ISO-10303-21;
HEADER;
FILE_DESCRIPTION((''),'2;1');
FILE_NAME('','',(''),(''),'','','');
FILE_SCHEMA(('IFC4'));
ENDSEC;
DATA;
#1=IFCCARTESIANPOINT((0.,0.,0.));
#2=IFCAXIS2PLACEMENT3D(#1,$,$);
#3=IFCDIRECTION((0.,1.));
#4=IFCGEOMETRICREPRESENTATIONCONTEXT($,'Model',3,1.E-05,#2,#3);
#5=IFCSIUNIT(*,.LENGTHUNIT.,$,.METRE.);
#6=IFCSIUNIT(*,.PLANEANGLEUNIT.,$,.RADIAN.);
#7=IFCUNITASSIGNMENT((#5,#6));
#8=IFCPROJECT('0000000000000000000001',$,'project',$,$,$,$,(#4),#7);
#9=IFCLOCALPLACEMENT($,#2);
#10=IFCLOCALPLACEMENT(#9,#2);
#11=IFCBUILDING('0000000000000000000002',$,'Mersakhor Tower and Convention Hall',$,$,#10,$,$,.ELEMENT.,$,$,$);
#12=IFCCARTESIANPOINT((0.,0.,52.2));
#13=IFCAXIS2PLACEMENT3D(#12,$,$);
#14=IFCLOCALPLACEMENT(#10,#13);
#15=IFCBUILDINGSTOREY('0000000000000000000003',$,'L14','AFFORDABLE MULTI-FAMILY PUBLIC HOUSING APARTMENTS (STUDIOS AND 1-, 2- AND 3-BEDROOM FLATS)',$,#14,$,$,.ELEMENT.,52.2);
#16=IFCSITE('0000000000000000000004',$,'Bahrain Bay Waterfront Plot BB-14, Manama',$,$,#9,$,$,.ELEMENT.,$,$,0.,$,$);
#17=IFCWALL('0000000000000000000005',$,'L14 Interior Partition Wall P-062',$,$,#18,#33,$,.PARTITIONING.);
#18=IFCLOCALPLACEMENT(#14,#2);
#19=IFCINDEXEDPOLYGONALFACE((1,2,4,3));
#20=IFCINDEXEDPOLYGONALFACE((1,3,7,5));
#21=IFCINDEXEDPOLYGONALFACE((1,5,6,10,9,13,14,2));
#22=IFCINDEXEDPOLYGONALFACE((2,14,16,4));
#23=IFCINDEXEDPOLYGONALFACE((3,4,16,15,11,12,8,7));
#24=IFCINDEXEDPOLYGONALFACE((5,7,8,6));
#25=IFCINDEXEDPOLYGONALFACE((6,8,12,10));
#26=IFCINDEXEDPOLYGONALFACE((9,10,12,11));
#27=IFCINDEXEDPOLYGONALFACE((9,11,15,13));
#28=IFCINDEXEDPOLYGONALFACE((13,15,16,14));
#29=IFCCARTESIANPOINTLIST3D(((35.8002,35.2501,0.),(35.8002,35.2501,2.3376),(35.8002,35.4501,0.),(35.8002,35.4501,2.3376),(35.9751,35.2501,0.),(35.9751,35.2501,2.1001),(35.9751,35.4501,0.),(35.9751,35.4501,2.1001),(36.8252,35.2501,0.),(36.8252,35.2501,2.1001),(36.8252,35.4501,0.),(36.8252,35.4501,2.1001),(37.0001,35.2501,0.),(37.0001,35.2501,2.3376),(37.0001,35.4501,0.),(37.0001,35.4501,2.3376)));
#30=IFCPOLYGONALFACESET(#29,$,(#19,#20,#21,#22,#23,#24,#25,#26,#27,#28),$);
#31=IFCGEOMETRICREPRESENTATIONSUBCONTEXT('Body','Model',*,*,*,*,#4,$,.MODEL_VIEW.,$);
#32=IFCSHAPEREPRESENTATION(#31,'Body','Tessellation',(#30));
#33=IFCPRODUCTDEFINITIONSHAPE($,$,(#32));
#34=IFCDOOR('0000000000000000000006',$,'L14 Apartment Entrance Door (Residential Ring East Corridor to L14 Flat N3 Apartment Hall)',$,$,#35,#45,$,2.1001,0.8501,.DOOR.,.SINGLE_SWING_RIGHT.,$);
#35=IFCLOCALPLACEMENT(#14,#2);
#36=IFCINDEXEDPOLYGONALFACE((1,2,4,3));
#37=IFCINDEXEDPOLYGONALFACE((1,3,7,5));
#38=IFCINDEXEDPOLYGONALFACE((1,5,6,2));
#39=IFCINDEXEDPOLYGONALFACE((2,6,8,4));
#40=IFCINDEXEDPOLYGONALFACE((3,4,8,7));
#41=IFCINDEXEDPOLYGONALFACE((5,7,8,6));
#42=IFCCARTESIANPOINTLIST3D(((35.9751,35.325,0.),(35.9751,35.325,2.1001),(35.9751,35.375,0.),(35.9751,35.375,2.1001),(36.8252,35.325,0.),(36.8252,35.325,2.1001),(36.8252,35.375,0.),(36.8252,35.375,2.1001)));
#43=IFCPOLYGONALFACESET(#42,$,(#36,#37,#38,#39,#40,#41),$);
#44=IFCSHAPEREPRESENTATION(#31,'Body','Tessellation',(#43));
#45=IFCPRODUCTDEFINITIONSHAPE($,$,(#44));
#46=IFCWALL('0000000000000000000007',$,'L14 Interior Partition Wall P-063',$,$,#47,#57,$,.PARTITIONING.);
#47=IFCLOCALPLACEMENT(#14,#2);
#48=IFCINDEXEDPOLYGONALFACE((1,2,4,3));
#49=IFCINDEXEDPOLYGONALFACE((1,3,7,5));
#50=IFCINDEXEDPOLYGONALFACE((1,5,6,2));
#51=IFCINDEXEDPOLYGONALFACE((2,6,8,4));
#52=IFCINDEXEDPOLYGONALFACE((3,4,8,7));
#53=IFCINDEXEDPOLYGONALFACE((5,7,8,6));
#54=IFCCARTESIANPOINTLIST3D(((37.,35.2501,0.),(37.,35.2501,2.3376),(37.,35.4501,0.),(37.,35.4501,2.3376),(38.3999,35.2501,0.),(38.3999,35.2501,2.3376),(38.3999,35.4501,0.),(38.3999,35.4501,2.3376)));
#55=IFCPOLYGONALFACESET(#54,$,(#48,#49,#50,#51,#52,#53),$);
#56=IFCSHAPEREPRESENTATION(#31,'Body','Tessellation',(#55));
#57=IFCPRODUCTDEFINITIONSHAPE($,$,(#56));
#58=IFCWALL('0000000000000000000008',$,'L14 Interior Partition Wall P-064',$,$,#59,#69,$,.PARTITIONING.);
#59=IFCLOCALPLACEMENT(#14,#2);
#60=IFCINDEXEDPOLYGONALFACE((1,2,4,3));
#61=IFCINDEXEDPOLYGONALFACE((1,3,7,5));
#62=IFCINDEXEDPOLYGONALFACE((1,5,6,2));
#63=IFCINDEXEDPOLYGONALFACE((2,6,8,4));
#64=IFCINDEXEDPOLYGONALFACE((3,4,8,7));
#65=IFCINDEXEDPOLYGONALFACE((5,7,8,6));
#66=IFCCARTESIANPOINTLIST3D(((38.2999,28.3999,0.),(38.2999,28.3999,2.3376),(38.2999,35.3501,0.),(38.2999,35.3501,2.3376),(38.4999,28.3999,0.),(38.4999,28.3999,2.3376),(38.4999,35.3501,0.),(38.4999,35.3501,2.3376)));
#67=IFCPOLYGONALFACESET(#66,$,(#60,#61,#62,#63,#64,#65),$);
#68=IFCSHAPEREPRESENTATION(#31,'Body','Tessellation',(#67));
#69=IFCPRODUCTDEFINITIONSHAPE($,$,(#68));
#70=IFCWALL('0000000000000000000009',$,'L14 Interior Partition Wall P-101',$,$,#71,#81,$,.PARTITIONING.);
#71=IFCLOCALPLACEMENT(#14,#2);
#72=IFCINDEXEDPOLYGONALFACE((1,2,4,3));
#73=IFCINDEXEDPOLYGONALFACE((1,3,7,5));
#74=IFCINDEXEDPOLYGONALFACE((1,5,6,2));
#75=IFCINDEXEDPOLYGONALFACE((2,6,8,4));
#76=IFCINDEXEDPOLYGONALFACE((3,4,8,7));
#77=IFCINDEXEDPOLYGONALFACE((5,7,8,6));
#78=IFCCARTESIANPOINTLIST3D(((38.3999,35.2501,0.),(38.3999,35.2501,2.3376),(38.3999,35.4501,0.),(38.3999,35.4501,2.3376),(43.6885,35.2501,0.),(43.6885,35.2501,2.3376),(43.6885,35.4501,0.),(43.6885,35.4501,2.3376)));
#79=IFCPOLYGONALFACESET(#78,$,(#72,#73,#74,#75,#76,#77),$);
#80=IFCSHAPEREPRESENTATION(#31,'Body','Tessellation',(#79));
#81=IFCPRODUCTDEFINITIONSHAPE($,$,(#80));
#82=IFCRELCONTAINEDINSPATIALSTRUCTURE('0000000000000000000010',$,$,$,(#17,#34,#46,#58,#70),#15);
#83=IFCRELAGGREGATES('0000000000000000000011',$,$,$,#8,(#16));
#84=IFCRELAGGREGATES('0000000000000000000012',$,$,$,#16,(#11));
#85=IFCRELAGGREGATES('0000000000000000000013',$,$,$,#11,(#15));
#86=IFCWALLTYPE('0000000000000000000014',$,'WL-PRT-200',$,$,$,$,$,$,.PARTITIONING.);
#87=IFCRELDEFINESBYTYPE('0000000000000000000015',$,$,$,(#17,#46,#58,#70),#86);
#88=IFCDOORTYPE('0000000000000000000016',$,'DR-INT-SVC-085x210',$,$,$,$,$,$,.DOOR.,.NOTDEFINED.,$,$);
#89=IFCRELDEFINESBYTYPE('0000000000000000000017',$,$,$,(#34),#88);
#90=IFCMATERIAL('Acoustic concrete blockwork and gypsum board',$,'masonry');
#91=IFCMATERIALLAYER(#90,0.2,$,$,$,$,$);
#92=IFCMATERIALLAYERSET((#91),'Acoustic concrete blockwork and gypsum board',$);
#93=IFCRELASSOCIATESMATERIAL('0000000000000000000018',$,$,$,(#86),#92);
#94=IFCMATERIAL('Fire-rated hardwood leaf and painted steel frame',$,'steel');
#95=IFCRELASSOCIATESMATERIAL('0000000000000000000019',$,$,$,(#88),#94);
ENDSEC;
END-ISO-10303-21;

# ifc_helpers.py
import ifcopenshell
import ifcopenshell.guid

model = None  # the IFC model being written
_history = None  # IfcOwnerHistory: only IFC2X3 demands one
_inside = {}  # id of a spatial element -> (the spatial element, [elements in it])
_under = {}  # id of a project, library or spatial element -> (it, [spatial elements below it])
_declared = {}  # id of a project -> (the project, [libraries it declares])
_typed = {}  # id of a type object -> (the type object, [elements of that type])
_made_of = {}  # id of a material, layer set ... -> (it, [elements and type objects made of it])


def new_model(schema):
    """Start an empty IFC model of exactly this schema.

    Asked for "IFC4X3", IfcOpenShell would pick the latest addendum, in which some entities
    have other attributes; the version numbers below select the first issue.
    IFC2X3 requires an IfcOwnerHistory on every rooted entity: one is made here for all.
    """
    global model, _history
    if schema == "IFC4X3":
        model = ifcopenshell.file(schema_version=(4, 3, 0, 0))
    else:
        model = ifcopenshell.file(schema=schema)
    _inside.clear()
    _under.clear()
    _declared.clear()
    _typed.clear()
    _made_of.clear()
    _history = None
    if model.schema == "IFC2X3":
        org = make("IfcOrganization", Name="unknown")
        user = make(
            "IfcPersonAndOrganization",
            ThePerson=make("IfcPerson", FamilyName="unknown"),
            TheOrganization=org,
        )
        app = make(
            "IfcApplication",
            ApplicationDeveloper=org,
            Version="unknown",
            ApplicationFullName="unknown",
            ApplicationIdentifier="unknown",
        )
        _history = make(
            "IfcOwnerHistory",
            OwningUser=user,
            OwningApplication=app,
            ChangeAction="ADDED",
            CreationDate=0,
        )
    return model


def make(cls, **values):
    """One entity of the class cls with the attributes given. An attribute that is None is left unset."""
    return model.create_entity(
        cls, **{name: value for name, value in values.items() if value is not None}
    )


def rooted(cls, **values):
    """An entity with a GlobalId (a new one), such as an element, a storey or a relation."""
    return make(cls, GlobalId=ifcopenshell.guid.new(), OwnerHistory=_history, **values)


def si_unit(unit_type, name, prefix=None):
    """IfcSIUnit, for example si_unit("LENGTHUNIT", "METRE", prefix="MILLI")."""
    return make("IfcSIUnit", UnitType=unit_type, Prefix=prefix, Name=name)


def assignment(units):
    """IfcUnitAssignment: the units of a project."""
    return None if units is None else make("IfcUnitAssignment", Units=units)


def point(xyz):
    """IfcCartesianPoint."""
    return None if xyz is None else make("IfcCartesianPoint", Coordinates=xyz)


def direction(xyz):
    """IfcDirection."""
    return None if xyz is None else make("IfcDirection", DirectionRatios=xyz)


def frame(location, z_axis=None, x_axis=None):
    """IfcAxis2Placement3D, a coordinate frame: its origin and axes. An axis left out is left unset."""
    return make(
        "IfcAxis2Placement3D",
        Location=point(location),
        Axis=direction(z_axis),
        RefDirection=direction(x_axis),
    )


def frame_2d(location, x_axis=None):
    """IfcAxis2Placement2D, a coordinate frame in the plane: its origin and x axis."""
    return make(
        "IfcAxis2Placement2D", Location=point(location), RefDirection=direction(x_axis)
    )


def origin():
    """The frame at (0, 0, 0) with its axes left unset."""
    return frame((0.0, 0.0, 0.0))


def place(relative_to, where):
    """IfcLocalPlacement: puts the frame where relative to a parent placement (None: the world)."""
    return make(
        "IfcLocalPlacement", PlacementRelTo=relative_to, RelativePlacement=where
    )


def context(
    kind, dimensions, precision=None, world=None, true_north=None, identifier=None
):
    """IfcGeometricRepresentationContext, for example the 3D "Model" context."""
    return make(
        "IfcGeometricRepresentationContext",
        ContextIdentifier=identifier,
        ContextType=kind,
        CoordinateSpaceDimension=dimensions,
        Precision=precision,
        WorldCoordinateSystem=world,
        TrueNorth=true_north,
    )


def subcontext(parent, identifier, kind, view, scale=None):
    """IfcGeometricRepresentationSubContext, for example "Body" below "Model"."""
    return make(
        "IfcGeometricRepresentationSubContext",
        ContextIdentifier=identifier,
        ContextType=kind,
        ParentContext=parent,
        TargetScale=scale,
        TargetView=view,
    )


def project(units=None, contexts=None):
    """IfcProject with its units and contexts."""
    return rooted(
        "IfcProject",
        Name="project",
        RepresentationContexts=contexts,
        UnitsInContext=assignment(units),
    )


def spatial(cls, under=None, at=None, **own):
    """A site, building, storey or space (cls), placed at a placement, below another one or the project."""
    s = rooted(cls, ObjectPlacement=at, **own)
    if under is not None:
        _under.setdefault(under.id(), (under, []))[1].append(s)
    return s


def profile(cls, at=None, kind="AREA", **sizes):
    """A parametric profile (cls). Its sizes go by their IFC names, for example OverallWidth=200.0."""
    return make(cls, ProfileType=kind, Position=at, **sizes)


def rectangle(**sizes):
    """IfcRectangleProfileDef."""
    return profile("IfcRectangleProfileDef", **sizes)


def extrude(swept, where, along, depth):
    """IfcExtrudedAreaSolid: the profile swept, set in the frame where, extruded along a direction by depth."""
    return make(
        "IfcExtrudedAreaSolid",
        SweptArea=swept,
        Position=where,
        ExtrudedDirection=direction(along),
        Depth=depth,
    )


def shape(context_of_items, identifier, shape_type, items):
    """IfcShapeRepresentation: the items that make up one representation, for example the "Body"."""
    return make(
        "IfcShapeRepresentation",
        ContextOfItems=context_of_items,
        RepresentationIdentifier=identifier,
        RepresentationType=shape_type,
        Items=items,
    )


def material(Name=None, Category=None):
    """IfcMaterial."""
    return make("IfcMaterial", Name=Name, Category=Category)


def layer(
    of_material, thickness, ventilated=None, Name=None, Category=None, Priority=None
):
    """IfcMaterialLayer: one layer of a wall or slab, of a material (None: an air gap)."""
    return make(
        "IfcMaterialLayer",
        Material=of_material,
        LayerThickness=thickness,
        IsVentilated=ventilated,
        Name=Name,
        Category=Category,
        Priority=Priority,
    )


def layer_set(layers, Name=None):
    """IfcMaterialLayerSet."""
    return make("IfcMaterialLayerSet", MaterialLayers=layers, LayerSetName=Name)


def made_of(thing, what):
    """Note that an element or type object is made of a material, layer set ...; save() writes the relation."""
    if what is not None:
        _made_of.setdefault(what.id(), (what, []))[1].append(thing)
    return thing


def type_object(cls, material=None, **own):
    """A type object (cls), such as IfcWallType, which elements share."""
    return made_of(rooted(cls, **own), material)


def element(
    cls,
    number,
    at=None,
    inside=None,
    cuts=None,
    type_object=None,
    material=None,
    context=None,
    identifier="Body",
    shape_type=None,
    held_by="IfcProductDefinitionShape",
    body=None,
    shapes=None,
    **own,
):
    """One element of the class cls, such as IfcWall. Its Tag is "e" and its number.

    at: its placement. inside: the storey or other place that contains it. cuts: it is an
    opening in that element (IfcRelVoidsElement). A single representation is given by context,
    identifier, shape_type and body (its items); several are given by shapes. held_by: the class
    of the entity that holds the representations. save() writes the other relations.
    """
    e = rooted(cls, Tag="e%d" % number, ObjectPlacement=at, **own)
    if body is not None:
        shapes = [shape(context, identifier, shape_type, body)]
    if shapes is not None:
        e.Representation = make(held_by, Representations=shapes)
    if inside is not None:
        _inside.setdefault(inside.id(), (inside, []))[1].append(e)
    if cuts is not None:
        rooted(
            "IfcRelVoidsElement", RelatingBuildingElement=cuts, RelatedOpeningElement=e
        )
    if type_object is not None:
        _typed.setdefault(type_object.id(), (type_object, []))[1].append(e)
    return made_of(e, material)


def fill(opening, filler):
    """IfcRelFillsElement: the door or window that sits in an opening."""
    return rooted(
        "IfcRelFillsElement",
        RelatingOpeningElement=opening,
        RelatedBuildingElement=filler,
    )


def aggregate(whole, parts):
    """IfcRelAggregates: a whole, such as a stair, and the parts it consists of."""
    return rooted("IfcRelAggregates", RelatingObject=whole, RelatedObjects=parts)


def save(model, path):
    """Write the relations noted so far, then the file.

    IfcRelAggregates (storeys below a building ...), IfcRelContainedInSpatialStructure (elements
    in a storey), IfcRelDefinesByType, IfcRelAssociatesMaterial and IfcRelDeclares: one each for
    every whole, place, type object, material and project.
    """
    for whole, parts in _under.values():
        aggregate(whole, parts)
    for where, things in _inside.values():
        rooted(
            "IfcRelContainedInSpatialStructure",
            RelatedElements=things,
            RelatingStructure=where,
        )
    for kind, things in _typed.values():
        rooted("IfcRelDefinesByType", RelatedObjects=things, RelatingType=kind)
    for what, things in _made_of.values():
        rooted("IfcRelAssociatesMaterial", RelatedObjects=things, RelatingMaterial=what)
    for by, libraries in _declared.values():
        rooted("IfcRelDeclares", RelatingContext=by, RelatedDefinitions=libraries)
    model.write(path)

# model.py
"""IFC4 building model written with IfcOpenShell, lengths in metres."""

from ifc_helpers import new_model, si_unit, direction, frame, frame_2d, origin, place, context, subcontext, project, spatial, rectangle, extrude, material, layer, layer_set, type_object, element, fill, save


model = new_model("IFC4")

# Units and contexts
model_context = context("Model", 3, precision=1e-05, world=origin(), true_north=direction((0.0, 1.0)))
body_context = subcontext(model_context, "Body", "Model", "MODEL_VIEW")
ifc_project = project(units=[si_unit("LENGTHUNIT", "METRE"), si_unit("PLANEANGLEUNIT", "RADIAN")], contexts=[model_context])

# Site, building, storey
site_placement = place(None, origin())
site = spatial("IfcSite", under=ifc_project, at=site_placement, Name="Bahrain Bay Waterfront Plot BB-14, Manama", CompositionType="ELEMENT", RefElevation=0.0)
building_placement = place(site_placement, origin())
building = spatial("IfcBuilding", under=site, at=building_placement, Name="Mersakhor Tower and Convention Hall", CompositionType="ELEMENT")
storey_placement = place(building_placement, frame((0.0, 0.0, 52.2)))
storey = spatial("IfcBuildingStorey", under=building, at=storey_placement, Name="L14", Description="AFFORDABLE MULTI-FAMILY PUBLIC HOUSING APARTMENTS (STUDIOS AND 1-, 2- AND 3-BEDROOM FLATS)", CompositionType="ELEMENT", Elevation=52.2)

# Shared definitions
ifc_material_1 = material(Name="Acoustic concrete blockwork and gypsum board", Category="masonry")
ifc_layer_1 = layer(ifc_material_1, 0.2)
ifc_layer_set_1 = layer_set([ifc_layer_1], Name="Acoustic concrete blockwork and gypsum board")
wall_type_1 = type_object("IfcWallType", Name="WL-PRT-200", PredefinedType="PARTITIONING", material=ifc_layer_set_1)

# Shared definitions
ifc_material_2 = material(Name="Fire-rated hardwood leaf and painted steel frame", Category="steel")
door_type_1 = type_object("IfcDoorType", Name="DR-INT-SVC-085x210", OperationType="NOTDEFINED", PredefinedType="DOOR", material=ifc_material_2)

# Wall, opening, door
wall_1_placement = place(storey_placement, frame((35.8, 35.3501, 0.0), z_axis=(0.0, 0.0, 1.0), x_axis=(1.0, 0.0, 0.0)))
wall_1 = element("IfcWall", 1, at=wall_1_placement, inside=storey, type_object=wall_type_1, Name="L14 Interior Partition Wall P-062", PredefinedType="PARTITIONING", context=body_context, shape_type="SweptSolid", body=[
    extrude(rectangle(XDim=1.2, YDim=0.2, at=frame_2d((0.6001, 0.0))), origin(), (0.0, 0.0, 1.0), 2.3376),
])
opening_1_placement = place(wall_1_placement, frame((0.175, 0.0, 0.0)))
opening_1 = element("IfcOpeningElement", 2, at=opening_1_placement, cuts=wall_1, PredefinedType="OPENING", context=body_context, shape_type="SweptSolid", body=[
    extrude(rectangle(XDim=0.8501, YDim=2.1001, at=frame_2d((0.425, 1.05))), frame((0.0, 0.1099, 0.0), z_axis=(0.0, -1.0, 0.0), x_axis=(1.0, 0.0, 0.0)), (0.0, 0.0, 1.0), 0.22),
])
door_1_placement = place(opening_1_placement, origin())
door_1 = element("IfcDoor", 3, at=door_1_placement, inside=storey, type_object=door_type_1, Name="L14 Apartment Entrance Door (Residential Ring East Corridor to L14 Flat N3 Apartment Hall)", OperationType="SINGLE_SWING_RIGHT", OverallHeight=2.1001, OverallWidth=0.8501, PredefinedType="DOOR", context=body_context, shape_type="SweptSolid", body=[
    extrude(rectangle(XDim=0.8501, YDim=2.1001, at=frame_2d((0.425, 1.05))), frame((0.0, 0.0249, 0.0), z_axis=(0.0, -1.0, 0.0), x_axis=(1.0, 0.0, 0.0)), (0.0, 0.0, 1.0), 0.05),
])
fill(opening_1, door_1)

# Walls
wall_2_placement = place(storey_placement, frame((37.0, 35.3501, 0.0), z_axis=(0.0, 0.0, 1.0), x_axis=(1.0, 0.0, 0.0)))
element("IfcWall", 4, at=wall_2_placement, inside=storey, type_object=wall_type_1, Name="L14 Interior Partition Wall P-063", PredefinedType="PARTITIONING", context=body_context, shape_type="SweptSolid", body=[
    extrude(rectangle(XDim=1.3999, YDim=0.2, at=frame_2d((0.7, 0.0))), origin(), (0.0, 0.0, 1.0), 2.3376),
])
wall_3_placement = place(storey_placement, frame((38.3999, 35.3501, 0.0), z_axis=(0.0, 0.0, 1.0), x_axis=(0.0, -1.0, 0.0)))
element("IfcWall", 5, at=wall_3_placement, inside=storey, type_object=wall_type_1, Name="L14 Interior Partition Wall P-064", PredefinedType="PARTITIONING", context=body_context, shape_type="SweptSolid", body=[
    extrude(rectangle(XDim=6.9502, YDim=0.2, at=frame_2d((3.4751, 0.0))), origin(), (0.0, 0.0, 1.0), 2.3376),
])
wall_4_placement = place(storey_placement, frame((43.6885, 35.3501, 0.0), z_axis=(0.0, 0.0, 1.0), x_axis=(-1.0, 0.0, 0.0)))
element("IfcWall", 6, at=wall_4_placement, inside=storey, type_object=wall_type_1, Name="L14 Interior Partition Wall P-101", PredefinedType="PARTITIONING", context=body_context, shape_type="SweptSolid", body=[
    extrude(rectangle(XDim=5.2886, YDim=0.2, at=frame_2d((2.6443, 0.0))), origin(), (0.0, 0.0, 1.0), 2.3376),
])

save(model, "model.ifc")
